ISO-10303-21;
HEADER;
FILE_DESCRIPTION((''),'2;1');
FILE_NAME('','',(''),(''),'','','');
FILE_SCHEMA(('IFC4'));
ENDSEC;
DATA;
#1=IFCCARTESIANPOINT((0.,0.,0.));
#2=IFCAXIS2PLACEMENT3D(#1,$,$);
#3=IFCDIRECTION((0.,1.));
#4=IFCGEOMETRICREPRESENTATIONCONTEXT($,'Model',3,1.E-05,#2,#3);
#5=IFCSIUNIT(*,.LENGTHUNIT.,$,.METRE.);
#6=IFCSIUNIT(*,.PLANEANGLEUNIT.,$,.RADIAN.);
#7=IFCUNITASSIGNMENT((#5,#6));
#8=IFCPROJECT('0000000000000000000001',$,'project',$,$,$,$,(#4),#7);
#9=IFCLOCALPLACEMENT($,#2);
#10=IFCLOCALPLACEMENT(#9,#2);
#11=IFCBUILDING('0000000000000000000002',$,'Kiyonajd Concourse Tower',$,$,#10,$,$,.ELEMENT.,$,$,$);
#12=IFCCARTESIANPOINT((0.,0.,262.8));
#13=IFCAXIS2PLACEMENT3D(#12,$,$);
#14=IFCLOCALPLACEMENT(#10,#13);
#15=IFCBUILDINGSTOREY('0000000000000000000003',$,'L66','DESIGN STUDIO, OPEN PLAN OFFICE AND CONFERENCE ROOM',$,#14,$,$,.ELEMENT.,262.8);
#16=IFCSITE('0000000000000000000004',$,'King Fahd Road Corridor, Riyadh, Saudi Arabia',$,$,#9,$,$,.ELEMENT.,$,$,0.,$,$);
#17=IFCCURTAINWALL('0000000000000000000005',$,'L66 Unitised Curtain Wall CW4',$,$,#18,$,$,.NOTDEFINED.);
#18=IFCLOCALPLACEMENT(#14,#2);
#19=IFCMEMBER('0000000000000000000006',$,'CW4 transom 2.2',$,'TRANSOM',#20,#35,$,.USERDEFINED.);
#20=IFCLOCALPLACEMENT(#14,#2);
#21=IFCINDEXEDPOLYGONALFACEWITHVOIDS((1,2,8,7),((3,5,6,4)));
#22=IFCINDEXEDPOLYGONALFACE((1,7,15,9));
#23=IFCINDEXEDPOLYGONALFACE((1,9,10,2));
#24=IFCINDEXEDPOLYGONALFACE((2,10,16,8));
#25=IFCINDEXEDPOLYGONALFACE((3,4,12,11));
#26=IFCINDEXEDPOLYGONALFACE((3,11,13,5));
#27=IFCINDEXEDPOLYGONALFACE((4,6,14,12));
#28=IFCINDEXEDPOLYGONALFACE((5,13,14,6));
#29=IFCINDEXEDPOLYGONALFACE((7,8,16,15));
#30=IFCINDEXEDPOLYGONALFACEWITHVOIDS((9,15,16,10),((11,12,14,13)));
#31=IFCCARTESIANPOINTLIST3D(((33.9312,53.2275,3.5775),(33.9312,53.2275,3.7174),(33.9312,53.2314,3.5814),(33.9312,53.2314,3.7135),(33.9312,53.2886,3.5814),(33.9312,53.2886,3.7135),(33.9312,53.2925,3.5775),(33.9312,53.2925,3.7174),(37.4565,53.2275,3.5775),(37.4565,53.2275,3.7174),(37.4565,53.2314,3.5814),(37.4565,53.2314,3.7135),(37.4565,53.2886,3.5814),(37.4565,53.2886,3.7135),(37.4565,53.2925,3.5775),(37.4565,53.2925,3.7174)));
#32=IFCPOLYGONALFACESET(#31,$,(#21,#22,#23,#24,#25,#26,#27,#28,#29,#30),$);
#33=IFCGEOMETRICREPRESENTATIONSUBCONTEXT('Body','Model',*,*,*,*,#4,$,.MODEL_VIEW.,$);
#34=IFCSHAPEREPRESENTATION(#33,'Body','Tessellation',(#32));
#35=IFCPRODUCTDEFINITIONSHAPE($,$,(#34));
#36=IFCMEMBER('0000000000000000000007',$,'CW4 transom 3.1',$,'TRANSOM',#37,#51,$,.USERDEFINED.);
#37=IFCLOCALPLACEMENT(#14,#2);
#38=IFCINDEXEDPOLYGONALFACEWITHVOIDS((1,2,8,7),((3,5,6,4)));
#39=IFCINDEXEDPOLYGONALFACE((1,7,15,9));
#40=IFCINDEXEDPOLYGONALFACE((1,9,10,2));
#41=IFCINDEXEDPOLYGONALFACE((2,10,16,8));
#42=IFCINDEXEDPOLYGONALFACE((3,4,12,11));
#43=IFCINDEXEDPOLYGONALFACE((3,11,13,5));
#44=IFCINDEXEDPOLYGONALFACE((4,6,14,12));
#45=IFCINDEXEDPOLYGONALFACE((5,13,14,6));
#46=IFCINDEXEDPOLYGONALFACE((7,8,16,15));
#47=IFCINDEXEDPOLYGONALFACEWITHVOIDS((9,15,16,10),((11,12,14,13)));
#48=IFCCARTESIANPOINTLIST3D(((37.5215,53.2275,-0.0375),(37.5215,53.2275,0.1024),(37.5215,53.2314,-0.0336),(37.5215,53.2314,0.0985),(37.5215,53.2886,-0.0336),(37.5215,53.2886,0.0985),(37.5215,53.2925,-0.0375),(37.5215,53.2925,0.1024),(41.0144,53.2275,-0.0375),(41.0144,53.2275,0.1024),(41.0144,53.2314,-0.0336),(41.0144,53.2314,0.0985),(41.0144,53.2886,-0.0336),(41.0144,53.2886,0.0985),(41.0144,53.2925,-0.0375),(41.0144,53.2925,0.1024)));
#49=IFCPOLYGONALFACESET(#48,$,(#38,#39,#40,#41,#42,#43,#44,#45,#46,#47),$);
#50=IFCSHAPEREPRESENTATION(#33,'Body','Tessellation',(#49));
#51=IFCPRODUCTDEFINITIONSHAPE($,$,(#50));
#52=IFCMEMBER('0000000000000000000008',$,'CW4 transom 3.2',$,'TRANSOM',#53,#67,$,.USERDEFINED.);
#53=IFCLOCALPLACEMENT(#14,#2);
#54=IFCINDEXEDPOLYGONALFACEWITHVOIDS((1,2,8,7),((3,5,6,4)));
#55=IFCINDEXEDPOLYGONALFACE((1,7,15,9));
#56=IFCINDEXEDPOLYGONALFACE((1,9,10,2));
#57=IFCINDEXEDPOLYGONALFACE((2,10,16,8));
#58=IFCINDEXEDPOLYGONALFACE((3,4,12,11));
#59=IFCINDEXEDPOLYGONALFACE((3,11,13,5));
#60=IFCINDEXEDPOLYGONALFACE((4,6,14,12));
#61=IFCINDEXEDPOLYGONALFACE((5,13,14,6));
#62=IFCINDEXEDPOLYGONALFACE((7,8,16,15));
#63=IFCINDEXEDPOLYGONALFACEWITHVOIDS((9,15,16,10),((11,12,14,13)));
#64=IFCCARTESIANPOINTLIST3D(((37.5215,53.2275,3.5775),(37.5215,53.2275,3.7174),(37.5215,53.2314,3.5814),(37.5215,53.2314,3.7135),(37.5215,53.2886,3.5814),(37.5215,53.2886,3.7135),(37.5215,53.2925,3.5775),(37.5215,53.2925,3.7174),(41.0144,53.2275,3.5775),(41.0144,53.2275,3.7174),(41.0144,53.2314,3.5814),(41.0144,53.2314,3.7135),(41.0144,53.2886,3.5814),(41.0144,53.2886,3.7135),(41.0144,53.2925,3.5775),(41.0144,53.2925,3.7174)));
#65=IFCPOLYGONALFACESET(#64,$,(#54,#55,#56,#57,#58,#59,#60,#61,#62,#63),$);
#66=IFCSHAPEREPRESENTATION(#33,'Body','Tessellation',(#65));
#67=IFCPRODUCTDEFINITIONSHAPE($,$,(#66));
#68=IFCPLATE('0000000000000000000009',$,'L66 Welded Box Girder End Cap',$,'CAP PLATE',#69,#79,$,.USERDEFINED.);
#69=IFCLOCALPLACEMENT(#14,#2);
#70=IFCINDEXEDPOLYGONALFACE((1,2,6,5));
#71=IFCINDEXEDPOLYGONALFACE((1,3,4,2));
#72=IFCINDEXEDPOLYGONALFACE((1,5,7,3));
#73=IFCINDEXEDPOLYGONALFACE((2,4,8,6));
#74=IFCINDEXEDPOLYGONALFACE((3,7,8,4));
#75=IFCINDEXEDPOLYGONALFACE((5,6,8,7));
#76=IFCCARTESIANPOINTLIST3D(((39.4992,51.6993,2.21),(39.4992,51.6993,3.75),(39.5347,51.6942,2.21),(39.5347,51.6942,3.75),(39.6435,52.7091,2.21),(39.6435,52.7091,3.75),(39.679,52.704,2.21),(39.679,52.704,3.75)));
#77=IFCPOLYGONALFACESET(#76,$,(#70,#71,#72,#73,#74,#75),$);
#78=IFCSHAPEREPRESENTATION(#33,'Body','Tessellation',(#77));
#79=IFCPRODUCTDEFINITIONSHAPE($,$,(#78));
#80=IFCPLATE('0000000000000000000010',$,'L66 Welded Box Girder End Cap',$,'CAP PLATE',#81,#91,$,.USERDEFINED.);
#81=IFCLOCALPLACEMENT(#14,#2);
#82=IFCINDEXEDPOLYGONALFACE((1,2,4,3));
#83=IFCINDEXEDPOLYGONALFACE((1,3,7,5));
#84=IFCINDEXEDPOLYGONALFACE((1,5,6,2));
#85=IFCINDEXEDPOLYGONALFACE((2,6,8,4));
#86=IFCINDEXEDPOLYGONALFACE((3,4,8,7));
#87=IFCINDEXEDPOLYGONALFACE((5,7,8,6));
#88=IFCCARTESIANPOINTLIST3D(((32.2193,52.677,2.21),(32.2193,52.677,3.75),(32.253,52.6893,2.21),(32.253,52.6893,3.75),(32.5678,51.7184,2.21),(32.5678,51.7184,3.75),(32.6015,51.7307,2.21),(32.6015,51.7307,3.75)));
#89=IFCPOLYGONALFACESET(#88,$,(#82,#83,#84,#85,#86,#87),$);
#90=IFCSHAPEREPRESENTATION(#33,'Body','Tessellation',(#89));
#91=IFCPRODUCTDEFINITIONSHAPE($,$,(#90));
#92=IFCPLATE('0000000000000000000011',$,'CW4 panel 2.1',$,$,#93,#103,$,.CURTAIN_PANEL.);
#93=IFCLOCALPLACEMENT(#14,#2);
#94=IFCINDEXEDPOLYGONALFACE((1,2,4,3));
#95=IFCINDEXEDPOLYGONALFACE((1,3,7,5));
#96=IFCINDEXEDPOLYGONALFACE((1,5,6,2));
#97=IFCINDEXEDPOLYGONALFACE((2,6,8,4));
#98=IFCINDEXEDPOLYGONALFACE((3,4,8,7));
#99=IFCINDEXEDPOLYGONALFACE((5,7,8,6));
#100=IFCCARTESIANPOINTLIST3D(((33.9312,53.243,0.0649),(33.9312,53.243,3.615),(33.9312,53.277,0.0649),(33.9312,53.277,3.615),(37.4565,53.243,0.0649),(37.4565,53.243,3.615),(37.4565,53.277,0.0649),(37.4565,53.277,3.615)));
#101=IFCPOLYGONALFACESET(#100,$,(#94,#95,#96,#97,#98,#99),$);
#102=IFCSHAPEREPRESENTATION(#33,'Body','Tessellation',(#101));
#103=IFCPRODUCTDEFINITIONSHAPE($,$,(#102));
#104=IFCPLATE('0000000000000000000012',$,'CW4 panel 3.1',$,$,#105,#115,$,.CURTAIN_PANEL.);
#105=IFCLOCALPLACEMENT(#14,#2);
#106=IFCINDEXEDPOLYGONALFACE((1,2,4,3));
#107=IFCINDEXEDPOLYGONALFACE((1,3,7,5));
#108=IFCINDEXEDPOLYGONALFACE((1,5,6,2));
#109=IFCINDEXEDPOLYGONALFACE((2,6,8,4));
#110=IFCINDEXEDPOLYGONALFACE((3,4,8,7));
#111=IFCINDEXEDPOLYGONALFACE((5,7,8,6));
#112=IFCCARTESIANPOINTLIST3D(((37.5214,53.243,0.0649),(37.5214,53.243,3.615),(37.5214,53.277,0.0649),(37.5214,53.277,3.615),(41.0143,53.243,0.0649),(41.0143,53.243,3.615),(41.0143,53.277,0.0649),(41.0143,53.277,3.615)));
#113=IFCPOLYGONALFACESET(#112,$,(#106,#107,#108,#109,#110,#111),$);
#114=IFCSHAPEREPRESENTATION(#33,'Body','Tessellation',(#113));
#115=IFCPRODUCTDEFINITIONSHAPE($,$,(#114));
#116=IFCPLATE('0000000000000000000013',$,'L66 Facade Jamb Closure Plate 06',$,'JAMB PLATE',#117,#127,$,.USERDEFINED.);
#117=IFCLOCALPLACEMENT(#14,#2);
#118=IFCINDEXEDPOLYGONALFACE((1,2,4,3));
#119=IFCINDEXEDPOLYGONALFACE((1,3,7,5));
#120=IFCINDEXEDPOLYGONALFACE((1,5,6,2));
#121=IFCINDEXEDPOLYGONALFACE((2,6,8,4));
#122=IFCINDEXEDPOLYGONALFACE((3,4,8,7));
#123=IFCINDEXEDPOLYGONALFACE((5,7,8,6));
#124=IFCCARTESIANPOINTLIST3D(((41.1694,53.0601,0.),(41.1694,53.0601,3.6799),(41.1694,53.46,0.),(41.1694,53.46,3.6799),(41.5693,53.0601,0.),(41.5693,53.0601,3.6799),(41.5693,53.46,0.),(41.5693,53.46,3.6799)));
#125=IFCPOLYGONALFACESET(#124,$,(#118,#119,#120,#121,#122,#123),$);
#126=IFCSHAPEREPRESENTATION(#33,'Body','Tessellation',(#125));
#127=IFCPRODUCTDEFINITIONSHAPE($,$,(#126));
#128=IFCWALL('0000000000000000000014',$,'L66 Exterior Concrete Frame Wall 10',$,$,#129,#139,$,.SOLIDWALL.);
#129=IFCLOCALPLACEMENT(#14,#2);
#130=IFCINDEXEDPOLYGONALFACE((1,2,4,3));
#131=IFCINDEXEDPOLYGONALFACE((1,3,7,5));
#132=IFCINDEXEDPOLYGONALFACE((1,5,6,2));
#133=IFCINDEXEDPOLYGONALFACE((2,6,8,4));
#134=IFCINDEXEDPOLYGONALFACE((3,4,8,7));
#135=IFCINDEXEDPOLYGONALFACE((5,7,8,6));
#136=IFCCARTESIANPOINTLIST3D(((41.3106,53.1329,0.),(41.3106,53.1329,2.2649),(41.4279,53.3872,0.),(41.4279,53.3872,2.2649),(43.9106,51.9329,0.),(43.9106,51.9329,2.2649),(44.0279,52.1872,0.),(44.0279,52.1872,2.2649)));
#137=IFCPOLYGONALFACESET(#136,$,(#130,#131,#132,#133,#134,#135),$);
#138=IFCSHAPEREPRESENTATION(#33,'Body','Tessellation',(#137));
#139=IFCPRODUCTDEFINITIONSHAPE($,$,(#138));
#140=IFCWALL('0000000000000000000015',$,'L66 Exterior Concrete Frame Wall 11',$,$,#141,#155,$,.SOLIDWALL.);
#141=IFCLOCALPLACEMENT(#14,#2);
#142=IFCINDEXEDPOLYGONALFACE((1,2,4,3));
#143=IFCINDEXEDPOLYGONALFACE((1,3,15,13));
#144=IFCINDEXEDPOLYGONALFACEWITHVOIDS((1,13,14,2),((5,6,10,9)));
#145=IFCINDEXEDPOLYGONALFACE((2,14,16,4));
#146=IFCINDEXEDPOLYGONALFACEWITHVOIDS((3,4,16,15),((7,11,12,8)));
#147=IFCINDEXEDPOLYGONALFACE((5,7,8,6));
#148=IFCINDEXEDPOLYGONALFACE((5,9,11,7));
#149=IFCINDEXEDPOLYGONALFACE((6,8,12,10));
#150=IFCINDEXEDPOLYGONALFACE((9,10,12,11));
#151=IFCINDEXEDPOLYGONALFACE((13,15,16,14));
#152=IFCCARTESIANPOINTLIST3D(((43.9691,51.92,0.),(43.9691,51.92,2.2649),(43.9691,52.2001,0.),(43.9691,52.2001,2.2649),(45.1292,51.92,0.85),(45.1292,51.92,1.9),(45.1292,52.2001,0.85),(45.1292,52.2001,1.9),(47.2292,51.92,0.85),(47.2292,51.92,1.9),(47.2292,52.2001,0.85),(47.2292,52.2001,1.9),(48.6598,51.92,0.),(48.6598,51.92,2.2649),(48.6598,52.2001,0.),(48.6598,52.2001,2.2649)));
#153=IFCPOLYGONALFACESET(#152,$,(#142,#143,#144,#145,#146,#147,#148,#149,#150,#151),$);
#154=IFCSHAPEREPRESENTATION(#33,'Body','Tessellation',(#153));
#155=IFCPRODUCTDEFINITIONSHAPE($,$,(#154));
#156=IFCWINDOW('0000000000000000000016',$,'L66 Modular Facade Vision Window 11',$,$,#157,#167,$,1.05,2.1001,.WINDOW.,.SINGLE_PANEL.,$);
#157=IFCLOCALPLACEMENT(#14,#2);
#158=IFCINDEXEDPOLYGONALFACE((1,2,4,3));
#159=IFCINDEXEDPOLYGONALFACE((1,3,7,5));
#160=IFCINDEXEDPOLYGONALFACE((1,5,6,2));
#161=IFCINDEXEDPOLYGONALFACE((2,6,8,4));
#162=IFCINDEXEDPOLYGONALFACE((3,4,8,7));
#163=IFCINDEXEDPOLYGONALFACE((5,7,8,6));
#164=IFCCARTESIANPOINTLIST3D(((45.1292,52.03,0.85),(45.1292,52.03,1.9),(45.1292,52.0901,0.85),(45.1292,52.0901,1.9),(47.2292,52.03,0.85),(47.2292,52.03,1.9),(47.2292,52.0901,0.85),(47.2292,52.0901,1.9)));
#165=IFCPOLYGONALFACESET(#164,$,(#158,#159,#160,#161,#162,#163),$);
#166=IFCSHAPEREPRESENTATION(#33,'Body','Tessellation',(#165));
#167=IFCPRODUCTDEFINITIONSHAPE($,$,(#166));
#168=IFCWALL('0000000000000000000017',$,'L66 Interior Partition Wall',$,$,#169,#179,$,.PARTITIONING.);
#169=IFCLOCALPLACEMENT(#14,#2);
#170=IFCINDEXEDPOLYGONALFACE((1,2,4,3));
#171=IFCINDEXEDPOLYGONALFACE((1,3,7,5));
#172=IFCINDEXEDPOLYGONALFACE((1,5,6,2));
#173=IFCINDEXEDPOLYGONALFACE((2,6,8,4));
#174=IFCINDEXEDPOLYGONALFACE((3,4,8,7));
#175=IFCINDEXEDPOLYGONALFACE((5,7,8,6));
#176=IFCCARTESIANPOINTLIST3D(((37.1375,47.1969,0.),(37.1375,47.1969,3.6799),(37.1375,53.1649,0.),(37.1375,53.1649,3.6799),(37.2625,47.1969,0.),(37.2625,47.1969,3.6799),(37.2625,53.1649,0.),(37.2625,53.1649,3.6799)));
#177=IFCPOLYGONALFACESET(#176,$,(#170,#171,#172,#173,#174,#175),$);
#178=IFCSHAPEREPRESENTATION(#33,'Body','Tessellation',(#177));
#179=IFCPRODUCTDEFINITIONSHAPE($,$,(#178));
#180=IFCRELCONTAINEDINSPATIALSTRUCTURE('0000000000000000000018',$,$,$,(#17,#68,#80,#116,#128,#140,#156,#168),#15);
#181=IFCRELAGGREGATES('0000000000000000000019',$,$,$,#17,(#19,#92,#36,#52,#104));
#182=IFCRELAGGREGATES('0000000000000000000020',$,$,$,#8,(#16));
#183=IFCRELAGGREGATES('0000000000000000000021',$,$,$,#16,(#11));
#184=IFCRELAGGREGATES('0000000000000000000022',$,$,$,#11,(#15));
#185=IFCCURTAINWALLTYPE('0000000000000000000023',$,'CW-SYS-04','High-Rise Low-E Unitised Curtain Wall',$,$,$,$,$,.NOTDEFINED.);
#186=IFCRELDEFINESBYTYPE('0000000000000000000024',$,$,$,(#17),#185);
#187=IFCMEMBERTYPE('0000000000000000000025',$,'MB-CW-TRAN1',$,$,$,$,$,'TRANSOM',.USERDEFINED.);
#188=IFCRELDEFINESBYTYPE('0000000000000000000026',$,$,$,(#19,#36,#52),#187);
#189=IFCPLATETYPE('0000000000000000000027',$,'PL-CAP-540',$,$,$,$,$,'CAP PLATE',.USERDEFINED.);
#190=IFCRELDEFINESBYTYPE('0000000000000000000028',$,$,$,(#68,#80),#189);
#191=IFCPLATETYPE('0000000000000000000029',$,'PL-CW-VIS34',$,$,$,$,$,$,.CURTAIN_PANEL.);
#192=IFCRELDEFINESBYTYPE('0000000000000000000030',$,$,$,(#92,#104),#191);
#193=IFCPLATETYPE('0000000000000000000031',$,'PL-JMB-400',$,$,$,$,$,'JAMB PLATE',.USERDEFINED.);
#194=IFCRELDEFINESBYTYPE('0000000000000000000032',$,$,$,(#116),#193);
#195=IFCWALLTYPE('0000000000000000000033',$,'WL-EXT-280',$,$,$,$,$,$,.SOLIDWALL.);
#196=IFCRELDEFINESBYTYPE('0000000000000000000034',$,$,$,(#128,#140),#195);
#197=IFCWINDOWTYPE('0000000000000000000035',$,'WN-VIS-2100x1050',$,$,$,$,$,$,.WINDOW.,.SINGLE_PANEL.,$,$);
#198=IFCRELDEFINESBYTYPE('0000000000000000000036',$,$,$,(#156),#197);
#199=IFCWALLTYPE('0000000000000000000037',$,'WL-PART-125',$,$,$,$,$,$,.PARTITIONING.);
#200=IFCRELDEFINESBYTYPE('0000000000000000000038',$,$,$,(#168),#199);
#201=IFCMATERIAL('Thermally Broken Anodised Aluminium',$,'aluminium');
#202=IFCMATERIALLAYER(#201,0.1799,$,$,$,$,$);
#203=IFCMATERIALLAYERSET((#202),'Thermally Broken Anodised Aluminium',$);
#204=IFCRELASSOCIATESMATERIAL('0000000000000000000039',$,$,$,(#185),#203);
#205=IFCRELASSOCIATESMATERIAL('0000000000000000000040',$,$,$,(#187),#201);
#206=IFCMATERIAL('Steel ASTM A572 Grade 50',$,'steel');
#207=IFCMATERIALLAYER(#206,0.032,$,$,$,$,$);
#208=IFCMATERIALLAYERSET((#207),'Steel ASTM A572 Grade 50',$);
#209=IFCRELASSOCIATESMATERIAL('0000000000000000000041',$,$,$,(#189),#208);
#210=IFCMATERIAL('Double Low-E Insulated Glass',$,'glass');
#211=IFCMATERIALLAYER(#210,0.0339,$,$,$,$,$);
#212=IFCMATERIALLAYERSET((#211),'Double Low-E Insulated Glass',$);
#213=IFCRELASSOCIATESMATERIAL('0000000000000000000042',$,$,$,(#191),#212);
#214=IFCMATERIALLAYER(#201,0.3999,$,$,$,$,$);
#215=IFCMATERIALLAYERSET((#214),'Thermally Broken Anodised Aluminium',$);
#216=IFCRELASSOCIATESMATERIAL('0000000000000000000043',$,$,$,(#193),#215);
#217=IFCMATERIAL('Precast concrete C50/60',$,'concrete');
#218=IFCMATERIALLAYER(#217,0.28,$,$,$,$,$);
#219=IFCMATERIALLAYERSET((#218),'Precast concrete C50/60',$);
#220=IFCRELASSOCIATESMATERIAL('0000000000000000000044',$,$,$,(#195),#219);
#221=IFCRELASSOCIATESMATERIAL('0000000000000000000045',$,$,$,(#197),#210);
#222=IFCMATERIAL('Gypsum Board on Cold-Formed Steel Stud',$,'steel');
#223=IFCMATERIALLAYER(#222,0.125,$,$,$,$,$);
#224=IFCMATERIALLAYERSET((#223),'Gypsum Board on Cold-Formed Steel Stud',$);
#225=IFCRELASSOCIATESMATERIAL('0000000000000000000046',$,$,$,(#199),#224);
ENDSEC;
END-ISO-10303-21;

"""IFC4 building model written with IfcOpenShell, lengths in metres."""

from ifc_helpers import new_model, si_unit, direction, frame, frame_2d, origin, origin_2d, place, context, subcontext, project, spatial, rectangle, hollow_rectangle, extrude, material, layer, layer_set, material_profile, profile_set, type_object, element, fill, aggregate, save


model = new_model("IFC4")

# Units and contexts
model_context = context("Model", 3, precision=1e-05, world=origin(), true_north=direction((0.0, 1.0)))
body_context = subcontext(model_context, "Body", "Model", "MODEL_VIEW")
ifc_project = project(units=[si_unit("LENGTHUNIT", "METRE"), si_unit("PLANEANGLEUNIT", "RADIAN")], contexts=[model_context])

# Site, building, storey
site_placement = place(None, origin())
site = spatial("IfcSite", under=ifc_project, at=site_placement, Name="King Fahd Road Corridor, Riyadh, Saudi Arabia", CompositionType="ELEMENT", RefElevation=0.0)
building_placement = place(site_placement, origin())
building = spatial("IfcBuilding", under=site, at=building_placement, Name="Kiyonajd Concourse Tower", CompositionType="ELEMENT")
storey_placement = place(building_placement, frame((0.0, 0.0, 262.8)))
storey = spatial("IfcBuildingStorey", under=building, at=storey_placement, Name="L66", Description="DESIGN STUDIO, OPEN PLAN OFFICE AND CONFERENCE ROOM", CompositionType="ELEMENT", Elevation=262.8)

# Curtain wall, members
ifc_material_1 = material(Name="Thermally Broken Anodised Aluminium", Category="aluminium")
ifc_layer_1 = layer(ifc_material_1, 0.1799)
ifc_layer_set_1 = layer_set([ifc_layer_1], Name="Thermally Broken Anodised Aluminium")
curtain_wall_type = type_object("IfcCurtainWallType", Name="CW-SYS-04", Description="High-Rise Low-E Unitised Curtain Wall", PredefinedType="NOTDEFINED", material=ifc_layer_set_1)
curtain_wall_placement = place(storey_placement, origin())
curtain_wall = element("IfcCurtainWall", 1, at=curtain_wall_placement, inside=storey, type_object=curtain_wall_type, Name="L66 Unitised Curtain Wall CW4", PredefinedType="NOTDEFINED")
ifc_material_profile_1 = material_profile(ifc_material_1, hollow_rectangle(XDim=0.0649, YDim=0.1399, WallThickness=0.0039, at=origin_2d()), Name="TRAN-65x140")
ifc_profile_set_1 = profile_set([ifc_material_profile_1], Name="Thermally Broken Anodised Aluminium")
member_type_1 = type_object("IfcMemberType", Name="MB-CW-TRAN1", ElementType="TRANSOM", PredefinedType="USERDEFINED", material=ifc_profile_set_1)
member_1_placement = place(storey_placement, frame((33.9312, 53.26, 3.6475), z_axis=(1.0, 0.0, 0.0), x_axis=(0.0, 1.0, 0.0)))
member_1 = element("IfcMember", 2, at=member_1_placement, type_object=member_type_1, Name="CW4 transom 2.2", ObjectType="TRANSOM", PredefinedType="USERDEFINED", context=body_context, shape_type="SweptSolid", body=[
    extrude(hollow_rectangle(XDim=0.0649, YDim=0.1399, WallThickness=0.0039, at=origin_2d()), origin(), (0.0, 0.0, 1.0), 3.5254),
])
member_2_placement = place(storey_placement, frame((37.5215, 53.26, 0.0325), z_axis=(1.0, 0.0, 0.0), x_axis=(0.0, 1.0, 0.0)))
member_2 = element("IfcMember", 3, at=member_2_placement, type_object=member_type_1, Name="CW4 transom 3.1", ObjectType="TRANSOM", PredefinedType="USERDEFINED", context=body_context, shape_type="SweptSolid", body=[
    extrude(hollow_rectangle(XDim=0.0649, YDim=0.1399, WallThickness=0.0039, at=origin_2d()), origin(), (0.0, 0.0, 1.0), 3.4929),
])
member_3_placement = place(storey_placement, frame((37.5215, 53.26, 3.6475), z_axis=(1.0, 0.0, 0.0), x_axis=(0.0, 1.0, 0.0)))
member_3 = element("IfcMember", 4, at=member_3_placement, type_object=member_type_1, Name="CW4 transom 3.2", ObjectType="TRANSOM", PredefinedType="USERDEFINED", context=body_context, shape_type="SweptSolid", body=[
    extrude(hollow_rectangle(XDim=0.0649, YDim=0.1399, WallThickness=0.0039, at=origin_2d()), origin(), (0.0, 0.0, 1.0), 3.4929),
])

# Plates
ifc_material_2 = material(Name="Steel ASTM A572 Grade 50", Category="steel")
ifc_layer_2 = layer(ifc_material_2, 0.032)
ifc_layer_set_2 = layer_set([ifc_layer_2], Name="Steel ASTM A572 Grade 50")
plate_type_1 = type_object("IfcPlateType", Name="PL-CAP-540", ElementType="CAP PLATE", PredefinedType="USERDEFINED", material=ifc_layer_set_2)
for number, where, z_axis, x_axis, name in (
    (5, (39.5891, 52.2017, 2.21), (0.0, 0.0, 1.0), (-0.98995, 0.14142, 0.0), "L66 Welded Box Girder End Cap"),
    (6, (32.4104, 52.2039, 2.21), (0.0, 0.0, 1.0), (0.939812, 0.341692, 0.0), "L66 Welded Box Girder End Cap"),
):
    element("IfcPlate", number, at=place(storey_placement, frame(where, z_axis=z_axis, x_axis=x_axis)), inside=storey, type_object=plate_type_1, Name=name, ObjectType="CAP PLATE", PredefinedType="USERDEFINED", context=body_context, shape_type="SweptSolid", body=[
        extrude(rectangle(XDim=0.0359, YDim=1.02, at=origin_2d()), origin(), (0.0, 0.0, 1.0), 1.54),
    ])

# Plates
ifc_material_3 = material(Name="Double Low-E Insulated Glass", Category="glass")
ifc_layer_3 = layer(ifc_material_3, 0.0339)
ifc_layer_set_3 = layer_set([ifc_layer_3], Name="Double Low-E Insulated Glass")
plate_type_2 = type_object("IfcPlateType", Name="PL-CW-VIS34", PredefinedType="CURTAIN_PANEL", material=ifc_layer_set_3)
plate_1_placement = place(storey_placement, frame((35.6938, 53.26, 0.0649), z_axis=(0.0, 0.0, 1.0), x_axis=(1.0, 0.0, 0.0)))
plate_1 = element("IfcPlate", 7, at=plate_1_placement, type_object=plate_type_2, Name="CW4 panel 2.1", PredefinedType="CURTAIN_PANEL", context=body_context, shape_type="SweptSolid", body=[
    extrude(rectangle(XDim=3.5254, YDim=0.0339, at=origin_2d()), origin(), (0.0, 0.0, 1.0), 3.55),
])
plate_2_placement = place(storey_placement, frame((39.2678, 53.26, 0.0649), z_axis=(0.0, 0.0, 1.0), x_axis=(1.0, 0.0, 0.0)))
plate_2 = element("IfcPlate", 8, at=plate_2_placement, type_object=plate_type_2, Name="CW4 panel 3.1", PredefinedType="CURTAIN_PANEL", context=body_context, shape_type="SweptSolid", body=[
    extrude(rectangle(XDim=3.4929, YDim=0.0339, at=origin_2d()), origin(), (0.0, 0.0, 1.0), 3.55),
])
aggregate(curtain_wall, [member_1, plate_1, member_2, member_3, plate_2])
ifc_layer_4 = layer(ifc_material_1, 0.3999)
ifc_layer_set_4 = layer_set([ifc_layer_4], Name="Thermally Broken Anodised Aluminium")
plate_type_3 = type_object("IfcPlateType", Name="PL-JMB-400", ElementType="JAMB PLATE", PredefinedType="USERDEFINED", material=ifc_layer_set_4)
plate_3_placement = place(storey_placement, frame((41.3694, 53.26, 0.0), z_axis=(0.0, 0.0, 1.0), x_axis=(1.0, 0.0, 0.0)))
element("IfcPlate", 9, at=plate_3_placement, inside=storey, type_object=plate_type_3, Name="L66 Facade Jamb Closure Plate 06", ObjectType="JAMB PLATE", PredefinedType="USERDEFINED", context=body_context, shape_type="SweptSolid", body=[
    extrude(rectangle(XDim=0.3999, YDim=0.3999, at=origin_2d()), origin(), (0.0, 0.0, 1.0), 3.6799),
])

# Wall
ifc_material_4 = material(Name="Precast concrete C50/60", Category="concrete")
ifc_layer_5 = layer(ifc_material_4, 0.28)
ifc_layer_set_5 = layer_set([ifc_layer_5], Name="Precast concrete C50/60")
wall_type_1 = type_object("IfcWallType", Name="WL-EXT-280", PredefinedType="SOLIDWALL", material=ifc_layer_set_5)
wall_1_placement = place(storey_placement, frame((41.3694, 53.26, 0.0), z_axis=(0.0, 0.0, 1.0), x_axis=(0.907957, -0.419064, 0.0)))
element("IfcWall", 10, at=wall_1_placement, inside=storey, type_object=wall_type_1, Name="L66 Exterior Concrete Frame Wall 10", PredefinedType="SOLIDWALL", context=body_context, shape_type="SweptSolid", body=[
    extrude(rectangle(XDim=2.8635, YDim=0.28, at=frame_2d((1.4316, 0.0))), origin(), (0.0, 0.0, 1.0), 2.2649),
])

# Wall, opening, window
wall_2_placement = place(storey_placement, frame((43.9692, 52.0601, 0.0), z_axis=(0.0, 0.0, 1.0), x_axis=(1.0, 0.0, 0.0)))
wall_2 = element("IfcWall", 11, at=wall_2_placement, inside=storey, type_object=wall_type_1, Name="L66 Exterior Concrete Frame Wall 11", PredefinedType="SOLIDWALL", context=body_context, shape_type="SweptSolid", body=[
    extrude(rectangle(XDim=4.6907, YDim=0.28, at=frame_2d((2.3452, 0.0))), origin(), (0.0, 0.0, 1.0), 2.2649),
])
opening_placement = place(wall_2_placement, frame((1.1599, 0.0, 0.8501)))
opening = element("IfcOpeningElement", 12, at=opening_placement, cuts=wall_2, PredefinedType="OPENING", context=body_context, shape_type="SweptSolid", body=[
    extrude(rectangle(XDim=2.1001, YDim=1.05, at=frame_2d((1.05, 0.5249))), frame((0.0, 0.1499, 0.0), z_axis=(0.0, -1.0, 0.0), x_axis=(1.0, 0.0, 0.0)), (0.0, 0.0, 1.0), 0.3),
])
window_type = type_object("IfcWindowType", Name="WN-VIS-2100x1050", PartitioningType="SINGLE_PANEL", PredefinedType="WINDOW", material=ifc_material_3)
window_placement = place(opening_placement, origin())
window = element("IfcWindow", 13, at=window_placement, inside=storey, type_object=window_type, Name="L66 Modular Facade Vision Window 11", OverallHeight=1.05, OverallWidth=2.1001, PartitioningType="SINGLE_PANEL", PredefinedType="WINDOW", context=body_context, shape_type="SweptSolid", body=[
    extrude(rectangle(XDim=2.1001, YDim=1.05, at=frame_2d((1.05, 0.5249))), frame((0.0, 0.03, 0.0), z_axis=(0.0, -1.0, 0.0), x_axis=(1.0, 0.0, 0.0)), (0.0, 0.0, 1.0), 0.0601),
])
fill(opening, window)

# Wall
ifc_material_5 = material(Name="Gypsum Board on Cold-Formed Steel Stud", Category="steel")
ifc_layer_6 = layer(ifc_material_5, 0.125)
ifc_layer_set_6 = layer_set([ifc_layer_6], Name="Gypsum Board on Cold-Formed Steel Stud")
wall_type_2 = type_object("IfcWallType", Name="WL-PART-125", PredefinedType="PARTITIONING", material=ifc_layer_set_6)
wall_3_placement = place(storey_placement, frame((37.2, 47.197, 0.0), z_axis=(0.0, 0.0, 1.0), x_axis=(0.0, 1.0, 0.0)))
element("IfcWall", 14, at=wall_3_placement, inside=storey, type_object=wall_type_2, Name="L66 Interior Partition Wall", PredefinedType="PARTITIONING", context=body_context, shape_type="SweptSolid", body=[
    extrude(rectangle(XDim=5.968, YDim=0.125, at=frame_2d((2.9839, 0.0))), origin(), (0.0, 0.0, 1.0), 3.6799),
])

save(model, "model.ifc")
